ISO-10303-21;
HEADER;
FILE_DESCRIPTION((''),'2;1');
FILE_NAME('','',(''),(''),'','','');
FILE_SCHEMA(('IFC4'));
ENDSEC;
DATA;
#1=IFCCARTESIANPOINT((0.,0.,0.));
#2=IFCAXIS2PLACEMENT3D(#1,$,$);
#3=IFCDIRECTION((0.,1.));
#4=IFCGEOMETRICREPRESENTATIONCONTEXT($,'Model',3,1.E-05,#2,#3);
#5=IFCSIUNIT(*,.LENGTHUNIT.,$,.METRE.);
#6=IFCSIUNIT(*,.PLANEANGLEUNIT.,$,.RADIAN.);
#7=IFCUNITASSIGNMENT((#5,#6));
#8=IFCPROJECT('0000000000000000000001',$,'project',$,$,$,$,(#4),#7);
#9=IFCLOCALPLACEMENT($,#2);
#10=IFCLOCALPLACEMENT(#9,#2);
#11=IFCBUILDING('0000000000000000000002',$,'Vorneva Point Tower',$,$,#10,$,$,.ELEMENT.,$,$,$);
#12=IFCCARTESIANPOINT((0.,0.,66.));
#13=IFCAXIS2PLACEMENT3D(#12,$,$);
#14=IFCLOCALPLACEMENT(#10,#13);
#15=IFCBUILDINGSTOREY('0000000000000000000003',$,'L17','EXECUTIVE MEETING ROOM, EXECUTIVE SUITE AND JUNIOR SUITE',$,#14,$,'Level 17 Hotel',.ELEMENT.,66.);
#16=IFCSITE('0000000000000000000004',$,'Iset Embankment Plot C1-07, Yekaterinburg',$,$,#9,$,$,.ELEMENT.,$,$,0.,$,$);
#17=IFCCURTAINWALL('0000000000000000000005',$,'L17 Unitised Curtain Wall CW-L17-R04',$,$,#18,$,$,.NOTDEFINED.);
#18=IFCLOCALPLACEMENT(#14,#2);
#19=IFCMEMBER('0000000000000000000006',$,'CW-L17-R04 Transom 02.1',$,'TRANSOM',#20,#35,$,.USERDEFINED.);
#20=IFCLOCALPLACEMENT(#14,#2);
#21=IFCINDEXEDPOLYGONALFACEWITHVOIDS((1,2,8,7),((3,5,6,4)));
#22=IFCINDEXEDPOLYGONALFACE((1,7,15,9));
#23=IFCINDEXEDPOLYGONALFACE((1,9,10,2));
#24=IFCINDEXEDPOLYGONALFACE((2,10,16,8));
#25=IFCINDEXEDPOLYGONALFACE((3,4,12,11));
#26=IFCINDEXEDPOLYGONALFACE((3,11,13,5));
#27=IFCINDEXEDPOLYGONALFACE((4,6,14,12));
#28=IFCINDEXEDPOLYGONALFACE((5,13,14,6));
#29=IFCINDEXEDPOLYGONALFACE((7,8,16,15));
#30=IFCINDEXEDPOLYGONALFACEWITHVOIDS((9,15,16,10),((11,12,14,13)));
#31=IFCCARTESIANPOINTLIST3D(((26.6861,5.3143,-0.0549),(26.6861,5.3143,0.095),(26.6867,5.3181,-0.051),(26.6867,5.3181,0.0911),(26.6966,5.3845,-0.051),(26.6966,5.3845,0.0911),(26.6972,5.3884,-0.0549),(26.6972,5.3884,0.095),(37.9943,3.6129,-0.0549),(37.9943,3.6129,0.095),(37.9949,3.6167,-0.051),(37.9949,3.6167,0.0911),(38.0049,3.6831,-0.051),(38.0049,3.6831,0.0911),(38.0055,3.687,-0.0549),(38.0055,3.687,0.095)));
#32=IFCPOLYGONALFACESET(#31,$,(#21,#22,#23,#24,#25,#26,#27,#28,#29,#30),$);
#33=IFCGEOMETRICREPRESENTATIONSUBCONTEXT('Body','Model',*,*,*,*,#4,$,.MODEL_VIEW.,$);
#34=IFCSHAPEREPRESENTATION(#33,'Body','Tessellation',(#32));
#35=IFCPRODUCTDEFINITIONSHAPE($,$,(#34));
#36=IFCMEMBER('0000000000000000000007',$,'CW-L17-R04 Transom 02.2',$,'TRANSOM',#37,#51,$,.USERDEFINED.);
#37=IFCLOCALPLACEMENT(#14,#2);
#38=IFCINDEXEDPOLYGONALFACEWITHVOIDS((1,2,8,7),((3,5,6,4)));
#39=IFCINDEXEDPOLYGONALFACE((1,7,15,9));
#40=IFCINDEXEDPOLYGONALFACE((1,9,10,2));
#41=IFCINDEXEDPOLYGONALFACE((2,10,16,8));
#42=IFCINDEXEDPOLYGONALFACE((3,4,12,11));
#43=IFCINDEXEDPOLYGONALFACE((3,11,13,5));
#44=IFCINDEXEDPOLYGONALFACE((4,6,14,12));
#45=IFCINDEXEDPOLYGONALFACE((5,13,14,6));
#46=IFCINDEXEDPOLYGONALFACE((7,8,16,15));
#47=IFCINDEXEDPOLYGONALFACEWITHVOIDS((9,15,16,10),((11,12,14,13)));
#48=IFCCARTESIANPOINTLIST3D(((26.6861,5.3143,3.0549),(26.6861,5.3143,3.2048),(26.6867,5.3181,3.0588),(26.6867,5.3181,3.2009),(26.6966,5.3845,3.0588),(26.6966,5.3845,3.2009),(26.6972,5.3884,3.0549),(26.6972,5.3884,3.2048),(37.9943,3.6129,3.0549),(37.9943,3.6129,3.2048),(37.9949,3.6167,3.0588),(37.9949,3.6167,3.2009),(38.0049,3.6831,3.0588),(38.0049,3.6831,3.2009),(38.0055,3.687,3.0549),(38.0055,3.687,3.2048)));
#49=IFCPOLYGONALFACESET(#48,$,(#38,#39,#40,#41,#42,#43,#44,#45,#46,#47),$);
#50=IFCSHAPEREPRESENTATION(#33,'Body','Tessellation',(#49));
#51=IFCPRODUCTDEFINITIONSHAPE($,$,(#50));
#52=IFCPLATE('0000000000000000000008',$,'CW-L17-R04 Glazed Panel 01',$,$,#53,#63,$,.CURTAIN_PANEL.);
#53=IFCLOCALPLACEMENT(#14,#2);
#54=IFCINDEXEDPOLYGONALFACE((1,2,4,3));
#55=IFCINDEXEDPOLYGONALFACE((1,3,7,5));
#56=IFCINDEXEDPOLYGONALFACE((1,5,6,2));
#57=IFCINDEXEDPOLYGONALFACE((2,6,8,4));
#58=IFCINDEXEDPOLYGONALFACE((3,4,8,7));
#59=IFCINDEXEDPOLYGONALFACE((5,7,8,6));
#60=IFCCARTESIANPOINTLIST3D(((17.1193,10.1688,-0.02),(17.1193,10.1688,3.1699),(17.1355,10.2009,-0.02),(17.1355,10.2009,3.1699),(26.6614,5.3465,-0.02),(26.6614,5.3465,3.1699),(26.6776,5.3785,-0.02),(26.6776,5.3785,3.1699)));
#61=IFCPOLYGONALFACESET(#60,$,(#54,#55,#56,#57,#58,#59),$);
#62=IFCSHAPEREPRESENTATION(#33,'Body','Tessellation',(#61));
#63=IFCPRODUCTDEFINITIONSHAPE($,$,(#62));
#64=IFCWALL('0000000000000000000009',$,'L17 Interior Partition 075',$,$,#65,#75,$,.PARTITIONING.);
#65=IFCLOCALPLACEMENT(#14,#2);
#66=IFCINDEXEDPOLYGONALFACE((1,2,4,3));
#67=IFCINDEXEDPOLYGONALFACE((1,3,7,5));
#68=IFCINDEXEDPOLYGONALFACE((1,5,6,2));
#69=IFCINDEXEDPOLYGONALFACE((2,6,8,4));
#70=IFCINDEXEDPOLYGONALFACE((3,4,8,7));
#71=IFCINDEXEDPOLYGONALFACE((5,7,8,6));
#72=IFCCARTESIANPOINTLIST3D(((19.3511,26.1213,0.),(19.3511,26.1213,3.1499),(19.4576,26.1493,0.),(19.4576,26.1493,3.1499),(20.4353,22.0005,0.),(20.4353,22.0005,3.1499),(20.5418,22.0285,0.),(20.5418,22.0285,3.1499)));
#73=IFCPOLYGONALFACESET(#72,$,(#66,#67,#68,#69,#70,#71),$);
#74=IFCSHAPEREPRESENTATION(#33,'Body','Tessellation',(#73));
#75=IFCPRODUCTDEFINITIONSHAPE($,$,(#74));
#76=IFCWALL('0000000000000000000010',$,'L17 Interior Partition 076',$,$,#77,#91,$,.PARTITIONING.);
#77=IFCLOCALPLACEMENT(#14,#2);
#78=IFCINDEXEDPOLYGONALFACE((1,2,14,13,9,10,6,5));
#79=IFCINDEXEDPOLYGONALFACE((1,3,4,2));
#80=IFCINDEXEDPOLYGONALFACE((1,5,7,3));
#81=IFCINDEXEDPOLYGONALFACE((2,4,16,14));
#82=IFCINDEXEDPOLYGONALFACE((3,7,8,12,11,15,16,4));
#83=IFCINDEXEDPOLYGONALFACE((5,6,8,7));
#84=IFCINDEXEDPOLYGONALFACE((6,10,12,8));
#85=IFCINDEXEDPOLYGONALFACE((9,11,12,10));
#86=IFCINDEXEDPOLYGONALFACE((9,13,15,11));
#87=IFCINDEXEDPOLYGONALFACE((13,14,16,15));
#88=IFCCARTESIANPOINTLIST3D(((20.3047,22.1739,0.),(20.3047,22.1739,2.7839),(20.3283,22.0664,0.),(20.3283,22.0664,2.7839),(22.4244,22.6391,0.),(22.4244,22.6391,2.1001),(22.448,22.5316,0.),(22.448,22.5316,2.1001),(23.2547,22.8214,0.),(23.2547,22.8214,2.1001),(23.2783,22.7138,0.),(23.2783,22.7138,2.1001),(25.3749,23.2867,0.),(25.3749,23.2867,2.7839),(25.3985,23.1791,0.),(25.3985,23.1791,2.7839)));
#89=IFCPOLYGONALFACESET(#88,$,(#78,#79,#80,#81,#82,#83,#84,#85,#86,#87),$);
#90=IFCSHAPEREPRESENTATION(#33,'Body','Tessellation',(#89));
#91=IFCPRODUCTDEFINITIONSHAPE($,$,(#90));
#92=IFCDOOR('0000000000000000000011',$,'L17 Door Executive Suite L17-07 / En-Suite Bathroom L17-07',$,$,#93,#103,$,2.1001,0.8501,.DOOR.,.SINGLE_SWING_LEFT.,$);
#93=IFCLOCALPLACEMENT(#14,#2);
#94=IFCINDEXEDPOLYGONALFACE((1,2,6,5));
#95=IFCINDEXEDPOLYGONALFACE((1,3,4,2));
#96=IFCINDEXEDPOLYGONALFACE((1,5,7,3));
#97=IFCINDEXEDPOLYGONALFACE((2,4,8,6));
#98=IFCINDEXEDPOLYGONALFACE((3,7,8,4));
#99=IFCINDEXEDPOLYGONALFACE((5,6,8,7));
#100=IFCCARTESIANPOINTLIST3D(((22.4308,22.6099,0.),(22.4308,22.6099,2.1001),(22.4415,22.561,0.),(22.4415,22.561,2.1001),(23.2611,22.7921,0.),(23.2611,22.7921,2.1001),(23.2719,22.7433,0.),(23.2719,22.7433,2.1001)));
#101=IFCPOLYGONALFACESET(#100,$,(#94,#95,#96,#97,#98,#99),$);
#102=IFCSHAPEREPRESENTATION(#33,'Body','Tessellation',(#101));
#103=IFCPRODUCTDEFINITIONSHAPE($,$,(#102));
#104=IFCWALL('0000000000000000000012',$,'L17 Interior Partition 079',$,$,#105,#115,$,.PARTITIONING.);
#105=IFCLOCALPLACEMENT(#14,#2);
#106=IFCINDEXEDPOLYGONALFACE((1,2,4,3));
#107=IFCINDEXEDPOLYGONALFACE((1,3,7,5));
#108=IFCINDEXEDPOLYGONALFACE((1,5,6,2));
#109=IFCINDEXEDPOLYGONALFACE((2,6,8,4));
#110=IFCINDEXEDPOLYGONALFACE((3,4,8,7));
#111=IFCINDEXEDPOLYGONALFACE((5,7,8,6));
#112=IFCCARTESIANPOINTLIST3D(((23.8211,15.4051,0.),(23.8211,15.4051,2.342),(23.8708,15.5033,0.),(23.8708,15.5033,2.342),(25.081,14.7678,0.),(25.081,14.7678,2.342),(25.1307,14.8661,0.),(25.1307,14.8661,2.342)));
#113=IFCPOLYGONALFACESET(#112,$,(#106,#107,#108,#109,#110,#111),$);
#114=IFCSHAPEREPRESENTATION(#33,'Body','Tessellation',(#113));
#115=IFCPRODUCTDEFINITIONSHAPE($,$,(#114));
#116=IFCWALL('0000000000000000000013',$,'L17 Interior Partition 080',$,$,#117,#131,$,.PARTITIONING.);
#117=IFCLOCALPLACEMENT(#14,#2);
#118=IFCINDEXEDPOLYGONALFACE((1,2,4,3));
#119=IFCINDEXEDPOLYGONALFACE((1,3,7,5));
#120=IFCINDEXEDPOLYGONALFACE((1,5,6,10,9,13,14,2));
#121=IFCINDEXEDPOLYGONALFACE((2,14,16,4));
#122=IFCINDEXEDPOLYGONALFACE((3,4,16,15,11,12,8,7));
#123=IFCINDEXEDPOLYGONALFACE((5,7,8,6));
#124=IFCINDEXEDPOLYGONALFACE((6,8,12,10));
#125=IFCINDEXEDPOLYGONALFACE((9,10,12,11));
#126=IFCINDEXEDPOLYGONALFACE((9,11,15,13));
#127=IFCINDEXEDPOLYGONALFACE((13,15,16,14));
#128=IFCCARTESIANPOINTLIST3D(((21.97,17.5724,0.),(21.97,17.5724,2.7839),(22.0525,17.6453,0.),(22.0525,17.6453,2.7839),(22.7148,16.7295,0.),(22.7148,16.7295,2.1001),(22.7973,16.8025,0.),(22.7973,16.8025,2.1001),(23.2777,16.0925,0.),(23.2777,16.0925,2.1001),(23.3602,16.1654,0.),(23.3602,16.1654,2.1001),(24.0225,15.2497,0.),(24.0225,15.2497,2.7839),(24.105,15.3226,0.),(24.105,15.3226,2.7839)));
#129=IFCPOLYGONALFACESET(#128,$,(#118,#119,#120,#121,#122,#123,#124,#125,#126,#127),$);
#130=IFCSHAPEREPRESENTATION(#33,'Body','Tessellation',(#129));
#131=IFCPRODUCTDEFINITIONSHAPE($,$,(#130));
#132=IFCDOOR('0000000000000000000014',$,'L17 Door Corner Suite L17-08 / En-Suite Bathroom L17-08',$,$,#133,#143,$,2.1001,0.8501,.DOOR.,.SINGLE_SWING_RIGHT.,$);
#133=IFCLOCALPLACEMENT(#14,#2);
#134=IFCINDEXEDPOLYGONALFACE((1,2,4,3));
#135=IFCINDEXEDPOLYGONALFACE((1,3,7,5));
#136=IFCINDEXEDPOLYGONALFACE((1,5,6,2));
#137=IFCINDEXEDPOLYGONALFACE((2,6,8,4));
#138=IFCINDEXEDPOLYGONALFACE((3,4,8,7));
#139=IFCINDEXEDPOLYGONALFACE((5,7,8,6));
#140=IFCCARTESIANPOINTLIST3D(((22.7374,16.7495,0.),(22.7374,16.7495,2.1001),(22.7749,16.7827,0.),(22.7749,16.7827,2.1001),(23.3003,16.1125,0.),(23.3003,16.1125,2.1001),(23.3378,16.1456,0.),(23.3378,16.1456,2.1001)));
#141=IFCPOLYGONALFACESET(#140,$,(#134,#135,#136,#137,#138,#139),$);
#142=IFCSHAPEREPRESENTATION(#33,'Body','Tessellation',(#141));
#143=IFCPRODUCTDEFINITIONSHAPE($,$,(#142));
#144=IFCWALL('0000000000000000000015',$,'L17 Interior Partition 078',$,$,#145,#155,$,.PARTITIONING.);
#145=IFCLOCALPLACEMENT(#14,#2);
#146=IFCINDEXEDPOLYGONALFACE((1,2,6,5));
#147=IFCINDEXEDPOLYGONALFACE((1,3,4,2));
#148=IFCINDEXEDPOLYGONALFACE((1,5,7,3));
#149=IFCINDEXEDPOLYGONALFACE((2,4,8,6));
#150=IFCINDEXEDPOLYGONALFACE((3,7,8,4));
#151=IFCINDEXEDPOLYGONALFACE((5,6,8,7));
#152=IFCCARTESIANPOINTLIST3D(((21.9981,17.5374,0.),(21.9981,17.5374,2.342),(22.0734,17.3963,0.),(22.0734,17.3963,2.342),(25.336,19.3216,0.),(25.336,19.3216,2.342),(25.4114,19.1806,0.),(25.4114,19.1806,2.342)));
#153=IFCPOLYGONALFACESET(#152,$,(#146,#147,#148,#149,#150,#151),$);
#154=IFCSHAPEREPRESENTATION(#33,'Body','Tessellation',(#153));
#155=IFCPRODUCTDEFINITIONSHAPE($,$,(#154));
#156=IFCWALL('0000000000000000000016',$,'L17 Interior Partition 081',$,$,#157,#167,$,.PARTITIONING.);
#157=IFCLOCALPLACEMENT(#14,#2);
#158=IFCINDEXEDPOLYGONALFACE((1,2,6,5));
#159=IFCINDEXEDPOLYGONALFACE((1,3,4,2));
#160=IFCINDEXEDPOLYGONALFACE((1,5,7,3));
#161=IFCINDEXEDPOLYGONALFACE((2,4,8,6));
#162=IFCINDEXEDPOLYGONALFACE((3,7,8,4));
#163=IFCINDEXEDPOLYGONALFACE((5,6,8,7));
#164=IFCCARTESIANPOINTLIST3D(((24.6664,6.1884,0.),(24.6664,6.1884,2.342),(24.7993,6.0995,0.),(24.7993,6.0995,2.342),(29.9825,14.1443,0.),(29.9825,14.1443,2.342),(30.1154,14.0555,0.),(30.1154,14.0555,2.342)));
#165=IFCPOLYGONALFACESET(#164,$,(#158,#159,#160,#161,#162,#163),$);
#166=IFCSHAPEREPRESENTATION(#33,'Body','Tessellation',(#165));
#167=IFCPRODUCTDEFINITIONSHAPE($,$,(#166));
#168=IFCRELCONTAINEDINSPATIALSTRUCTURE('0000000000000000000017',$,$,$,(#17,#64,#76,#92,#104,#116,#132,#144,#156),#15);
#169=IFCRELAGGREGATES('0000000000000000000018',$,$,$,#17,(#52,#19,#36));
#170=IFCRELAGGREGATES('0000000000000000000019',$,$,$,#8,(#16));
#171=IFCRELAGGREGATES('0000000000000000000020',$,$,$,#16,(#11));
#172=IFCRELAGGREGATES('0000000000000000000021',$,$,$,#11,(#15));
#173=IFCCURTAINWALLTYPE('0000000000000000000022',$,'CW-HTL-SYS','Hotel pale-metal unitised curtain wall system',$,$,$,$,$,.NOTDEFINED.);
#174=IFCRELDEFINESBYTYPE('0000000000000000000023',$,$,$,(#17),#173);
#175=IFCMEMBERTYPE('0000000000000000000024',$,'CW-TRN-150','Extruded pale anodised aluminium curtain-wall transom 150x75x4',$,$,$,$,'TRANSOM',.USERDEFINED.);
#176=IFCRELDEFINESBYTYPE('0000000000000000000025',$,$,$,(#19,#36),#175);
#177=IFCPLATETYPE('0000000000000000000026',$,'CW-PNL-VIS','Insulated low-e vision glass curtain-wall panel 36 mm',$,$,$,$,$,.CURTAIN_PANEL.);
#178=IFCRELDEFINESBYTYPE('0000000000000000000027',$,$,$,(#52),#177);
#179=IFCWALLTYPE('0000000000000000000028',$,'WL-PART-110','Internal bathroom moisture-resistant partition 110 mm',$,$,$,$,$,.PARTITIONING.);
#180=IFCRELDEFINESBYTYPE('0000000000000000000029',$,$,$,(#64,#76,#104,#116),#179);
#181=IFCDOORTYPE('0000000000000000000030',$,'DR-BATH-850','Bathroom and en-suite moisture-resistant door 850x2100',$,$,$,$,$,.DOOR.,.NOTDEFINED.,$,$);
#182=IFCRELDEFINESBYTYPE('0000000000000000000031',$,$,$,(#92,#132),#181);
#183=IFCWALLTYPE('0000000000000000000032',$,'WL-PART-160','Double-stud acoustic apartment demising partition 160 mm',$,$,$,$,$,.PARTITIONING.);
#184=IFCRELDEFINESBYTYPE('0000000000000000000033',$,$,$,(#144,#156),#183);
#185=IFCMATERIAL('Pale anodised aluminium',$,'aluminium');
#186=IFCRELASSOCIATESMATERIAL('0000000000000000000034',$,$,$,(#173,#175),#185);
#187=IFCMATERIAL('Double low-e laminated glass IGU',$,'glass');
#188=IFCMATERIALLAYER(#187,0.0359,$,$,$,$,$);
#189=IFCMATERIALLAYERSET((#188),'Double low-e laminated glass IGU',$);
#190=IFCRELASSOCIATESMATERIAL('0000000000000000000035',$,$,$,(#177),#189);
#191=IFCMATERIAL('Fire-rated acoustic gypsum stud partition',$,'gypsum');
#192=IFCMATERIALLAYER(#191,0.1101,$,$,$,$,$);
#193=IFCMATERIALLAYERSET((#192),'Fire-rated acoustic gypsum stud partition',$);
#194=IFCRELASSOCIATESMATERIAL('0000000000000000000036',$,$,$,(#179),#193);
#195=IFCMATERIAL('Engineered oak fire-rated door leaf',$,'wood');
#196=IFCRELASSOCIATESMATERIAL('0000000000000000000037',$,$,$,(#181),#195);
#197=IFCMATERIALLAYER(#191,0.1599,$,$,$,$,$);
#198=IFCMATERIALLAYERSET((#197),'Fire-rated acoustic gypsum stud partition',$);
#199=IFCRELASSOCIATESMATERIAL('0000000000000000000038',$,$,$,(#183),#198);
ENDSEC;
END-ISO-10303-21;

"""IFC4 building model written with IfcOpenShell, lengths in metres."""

from ifc_helpers import new_model, si_unit, direction, frame, frame_2d, origin, origin_2d, place, context, subcontext, project, spatial, rectangle, hollow_rectangle, extrude, material, layer, layer_set, material_profile, profile_set, type_object, element, fill, aggregate, save


model = new_model("IFC4")

# Units and contexts
model_context = context("Model", 3, precision=1e-05, world=origin(), true_north=direction((0.0, 1.0)))
body_context = subcontext(model_context, "Body", "Model", "MODEL_VIEW")
ifc_project = project(units=[si_unit("LENGTHUNIT", "METRE"), si_unit("PLANEANGLEUNIT", "RADIAN")], contexts=[model_context])

# Site, building, storey
site_placement = place(None, origin())
site = spatial("IfcSite", under=ifc_project, at=site_placement, Name="Iset Embankment Plot C1-07, Yekaterinburg", CompositionType="ELEMENT", RefElevation=0.0)
building_placement = place(site_placement, origin())
building = spatial("IfcBuilding", under=site, at=building_placement, Name="Vorneva Point Tower", CompositionType="ELEMENT")
storey_placement = place(building_placement, frame((0.0, 0.0, 66.0)))
storey = spatial("IfcBuildingStorey", under=building, at=storey_placement, Name="L17", Description="EXECUTIVE MEETING ROOM, EXECUTIVE SUITE AND JUNIOR SUITE", LongName="Level 17 Hotel", CompositionType="ELEMENT", Elevation=66.0)

# Curtain wall, members, plate
ifc_material_1 = material(Name="Pale anodised aluminium", Category="aluminium")
curtain_wall_type = type_object("IfcCurtainWallType", Name="CW-HTL-SYS", Description="Hotel pale-metal unitised curtain wall system", PredefinedType="NOTDEFINED", material=ifc_material_1)
curtain_wall_placement = place(storey_placement, origin())
curtain_wall = element("IfcCurtainWall", 1, at=curtain_wall_placement, inside=storey, type_object=curtain_wall_type, Name="L17 Unitised Curtain Wall CW-L17-R04", PredefinedType="NOTDEFINED")
ifc_material_profile_1 = material_profile(ifc_material_1, hollow_rectangle(XDim=0.075, YDim=0.1499, WallThickness=0.0039, at=origin_2d()), Name="AL-TRN 150x75x4")
ifc_profile_set_1 = profile_set([ifc_material_profile_1], Name="Pale anodised aluminium")
member_type_1 = type_object("IfcMemberType", Name="CW-TRN-150", Description="Extruded pale anodised aluminium curtain-wall transom 150x75x4", ElementType="TRANSOM", PredefinedType="USERDEFINED", material=ifc_profile_set_1)
member_1_placement = place(storey_placement, frame((26.6917, 5.3513, 0.02), z_axis=(0.98887, -0.148782, 0.0), x_axis=(0.148782, 0.98887, 0.0)))
member_1 = element("IfcMember", 2, at=member_1_placement, type_object=member_type_1, Name="CW-L17-R04 Transom 02.1", ObjectType="TRANSOM", PredefinedType="USERDEFINED", context=body_context, shape_type="SweptSolid", body=[
    extrude(hollow_rectangle(XDim=0.075, YDim=0.1499, WallThickness=0.0039, at=origin_2d()), origin(), (0.0, 0.0, 1.0), 11.4355),
])
member_2_placement = place(storey_placement, frame((26.6917, 5.3513, 3.1299), z_axis=(0.98887, -0.148782, 0.0), x_axis=(0.148782, 0.98887, 0.0)))
member_2 = element("IfcMember", 3, at=member_2_placement, type_object=member_type_1, Name="CW-L17-R04 Transom 02.2", ObjectType="TRANSOM", PredefinedType="USERDEFINED", context=body_context, shape_type="SweptSolid", body=[
    extrude(hollow_rectangle(XDim=0.075, YDim=0.1499, WallThickness=0.0039, at=origin_2d()), origin(), (0.0, 0.0, 1.0), 11.4355),
])
ifc_material_2 = material(Name="Double low-e laminated glass IGU", Category="glass")
ifc_layer_1 = layer(ifc_material_2, 0.0359)
ifc_layer_set_1 = layer_set([ifc_layer_1], Name="Double low-e laminated glass IGU")
plate_type = type_object("IfcPlateType", Name="CW-PNL-VIS", Description="Insulated low-e vision glass curtain-wall panel 36 mm", PredefinedType="CURTAIN_PANEL", material=ifc_layer_set_1)
plate_placement = place(storey_placement, frame((21.8984, 7.7737, -0.02), z_axis=(0.0, 0.0, 1.0), x_axis=(0.892499, -0.451049, 0.0)))
plate = element("IfcPlate", 4, at=plate_placement, type_object=plate_type, Name="CW-L17-R04 Glazed Panel 01", PredefinedType="CURTAIN_PANEL", context=body_context, shape_type="SweptSolid", body=[
    extrude(rectangle(XDim=10.6914, YDim=0.0359, at=origin_2d()), origin(), (0.0, 0.0, 1.0), 3.1899),
])
aggregate(curtain_wall, [plate, member_1, member_2])

# Wall
ifc_material_3 = material(Name="Fire-rated acoustic gypsum stud partition", Category="gypsum")
ifc_layer_2 = layer(ifc_material_3, 0.1101)
ifc_layer_set_2 = layer_set([ifc_layer_2], Name="Fire-rated acoustic gypsum stud partition")
wall_type_1 = type_object("IfcWallType", Name="WL-PART-110", Description="Internal bathroom moisture-resistant partition 110 mm", PredefinedType="PARTITIONING", material=ifc_layer_set_2)
wall_1_placement = place(storey_placement, frame((20.4885, 22.0146, 0.0), z_axis=(0.0, 0.0, 1.0), x_axis=(-0.254448, 0.967086, 0.0)))
element("IfcWall", 5, at=wall_1_placement, inside=storey, type_object=wall_type_1, Name="L17 Interior Partition 075", PredefinedType="PARTITIONING", context=body_context, shape_type="SweptSolid", body=[
    extrude(rectangle(XDim=4.261, YDim=0.1101, at=frame_2d((2.1304, 0.0))), origin(), (0.0, 0.0, 1.0), 3.1499),
])

# Wall, opening, door
wall_2_placement = place(storey_placement, frame((25.3867, 23.2329, 0.0), z_axis=(0.0, 0.0, 1.0), x_axis=(-0.976753, -0.21437, 0.0)))
wall_2 = element("IfcWall", 6, at=wall_2_placement, inside=storey, type_object=wall_type_1, Name="L17 Interior Partition 076", PredefinedType="PARTITIONING", context=body_context, shape_type="SweptSolid", body=[
    extrude(rectangle(XDim=5.1909, YDim=0.1101, at=frame_2d((2.5955, 0.0))), origin(), (0.0, 0.0, 1.0), 2.7839),
])
opening_1_placement = place(wall_2_placement, frame((2.1707, 0.0, 0.0)))
opening_1 = element("IfcOpeningElement", 7, at=opening_1_placement, cuts=wall_2, PredefinedType="OPENING", context=body_context, shape_type="SweptSolid", body=[
    extrude(rectangle(XDim=0.8501, YDim=2.1001, at=frame_2d((0.425, 1.05))), frame((0.0, 0.0698, 0.0), z_axis=(0.0, -1.0, 0.0), x_axis=(1.0, 0.0, 0.0)), (0.0, 0.0, 1.0), 0.1399),
])
ifc_material_4 = material(Name="Engineered oak fire-rated door leaf", Category="wood")
door_type_1 = type_object("IfcDoorType", Name="DR-BATH-850", Description="Bathroom and en-suite moisture-resistant door 850x2100", OperationType="NOTDEFINED", PredefinedType="DOOR", material=ifc_material_4)
door_1_placement = place(opening_1_placement, origin())
door_1 = element("IfcDoor", 8, at=door_1_placement, inside=storey, type_object=door_type_1, Name="L17 Door Executive Suite L17-07 / En-Suite Bathroom L17-07", OperationType="SINGLE_SWING_LEFT", OverallHeight=2.1001, OverallWidth=0.8501, PredefinedType="DOOR", context=body_context, shape_type="SweptSolid", body=[
    extrude(rectangle(XDim=0.8501, YDim=2.1001, at=frame_2d((0.425, 1.05))), frame((0.0, 0.0249, 0.0), z_axis=(0.0, -1.0, 0.0), x_axis=(1.0, 0.0, 0.0)), (0.0, 0.0, 1.0), 0.05),
])
fill(opening_1, door_1)

# Wall
wall_3_placement = place(storey_placement, frame((25.106, 14.8169, 0.0), z_axis=(0.0, 0.0, 1.0), x_axis=(-0.892342, 0.451359, 0.0)))
element("IfcWall", 9, at=wall_3_placement, inside=storey, type_object=wall_type_1, Name="L17 Interior Partition 079", PredefinedType="PARTITIONING", context=body_context, shape_type="SweptSolid", body=[
    extrude(rectangle(XDim=1.4119, YDim=0.1101, at=frame_2d((0.7061, 0.0))), origin(), (0.0, 0.0, 1.0), 2.342),
])

# Wall, opening, door
wall_4_placement = place(storey_placement, frame((24.0637, 15.2861, 0.0), z_axis=(0.0, 0.0, 1.0), x_axis=(-0.662166, 0.749357, 0.0)))
wall_4 = element("IfcWall", 10, at=wall_4_placement, inside=storey, type_object=wall_type_1, Name="L17 Interior Partition 080", PredefinedType="PARTITIONING", context=body_context, shape_type="SweptSolid", body=[
    extrude(rectangle(XDim=3.0996, YDim=0.1101, at=frame_2d((1.5498, 0.0))), origin(), (0.0, 0.0, 1.0), 2.7839),
])
opening_2_placement = place(wall_4_placement, frame((1.1248, 0.0, 0.0)))
opening_2 = element("IfcOpeningElement", 11, at=opening_2_placement, cuts=wall_4, PredefinedType="OPENING", context=body_context, shape_type="SweptSolid", body=[
    extrude(rectangle(XDim=0.8501, YDim=2.1001, at=frame_2d((0.425, 1.05))), frame((0.0, 0.0698, 0.0), z_axis=(0.0, -1.0, 0.0), x_axis=(1.0, 0.0, 0.0)), (0.0, 0.0, 1.0), 0.1399),
])
door_2_placement = place(opening_2_placement, origin())
door_2 = element("IfcDoor", 12, at=door_2_placement, inside=storey, type_object=door_type_1, Name="L17 Door Corner Suite L17-08 / En-Suite Bathroom L17-08", OperationType="SINGLE_SWING_RIGHT", OverallHeight=2.1001, OverallWidth=0.8501, PredefinedType="DOOR", context=body_context, shape_type="SweptSolid", body=[
    extrude(rectangle(XDim=0.8501, YDim=2.1001, at=frame_2d((0.425, 1.05))), frame((0.0, 0.0249, 0.0), z_axis=(0.0, -1.0, 0.0), x_axis=(1.0, 0.0, 0.0)), (0.0, 0.0, 1.0), 0.05),
])
fill(opening_2, door_2)

# Walls
ifc_layer_3 = layer(ifc_material_3, 0.1599)
ifc_layer_set_3 = layer_set([ifc_layer_3], Name="Fire-rated acoustic gypsum stud partition")
wall_type_2 = type_object("IfcWallType", Name="WL-PART-160", Description="Double-stud acoustic apartment demising partition 160 mm", PredefinedType="PARTITIONING", material=ifc_layer_set_3)
wall_5_placement = place(storey_placement, frame((22.0356, 17.4668, 0.0), z_axis=(0.0, 0.0, 1.0), x_axis=(0.881917, 0.471405, 0.0)))
element("IfcWall", 13, at=wall_5_placement, inside=storey, type_object=wall_type_2, Name="L17 Interior Partition 078", PredefinedType="PARTITIONING", context=body_context, shape_type="SweptSolid", body=[
    extrude(rectangle(XDim=3.7849, YDim=0.1599, at=frame_2d((1.8926, 0.0))), origin(), (0.0, 0.0, 1.0), 2.342),
])
wall_6_placement = place(storey_placement, frame((24.7329, 6.144, 0.0), z_axis=(0.0, 0.0, 1.0), x_axis=(0.555577, 0.831465, 0.0)))
element("IfcWall", 14, at=wall_6_placement, inside=storey, type_object=wall_type_2, Name="L17 Interior Partition 081", PredefinedType="PARTITIONING", context=body_context, shape_type="SweptSolid", body=[
    extrude(rectangle(XDim=9.5686, YDim=0.1599, at=frame_2d((4.7842, 0.0))), origin(), (0.0, 0.0, 1.0), 2.342),
])

save(model, "model.ifc")
